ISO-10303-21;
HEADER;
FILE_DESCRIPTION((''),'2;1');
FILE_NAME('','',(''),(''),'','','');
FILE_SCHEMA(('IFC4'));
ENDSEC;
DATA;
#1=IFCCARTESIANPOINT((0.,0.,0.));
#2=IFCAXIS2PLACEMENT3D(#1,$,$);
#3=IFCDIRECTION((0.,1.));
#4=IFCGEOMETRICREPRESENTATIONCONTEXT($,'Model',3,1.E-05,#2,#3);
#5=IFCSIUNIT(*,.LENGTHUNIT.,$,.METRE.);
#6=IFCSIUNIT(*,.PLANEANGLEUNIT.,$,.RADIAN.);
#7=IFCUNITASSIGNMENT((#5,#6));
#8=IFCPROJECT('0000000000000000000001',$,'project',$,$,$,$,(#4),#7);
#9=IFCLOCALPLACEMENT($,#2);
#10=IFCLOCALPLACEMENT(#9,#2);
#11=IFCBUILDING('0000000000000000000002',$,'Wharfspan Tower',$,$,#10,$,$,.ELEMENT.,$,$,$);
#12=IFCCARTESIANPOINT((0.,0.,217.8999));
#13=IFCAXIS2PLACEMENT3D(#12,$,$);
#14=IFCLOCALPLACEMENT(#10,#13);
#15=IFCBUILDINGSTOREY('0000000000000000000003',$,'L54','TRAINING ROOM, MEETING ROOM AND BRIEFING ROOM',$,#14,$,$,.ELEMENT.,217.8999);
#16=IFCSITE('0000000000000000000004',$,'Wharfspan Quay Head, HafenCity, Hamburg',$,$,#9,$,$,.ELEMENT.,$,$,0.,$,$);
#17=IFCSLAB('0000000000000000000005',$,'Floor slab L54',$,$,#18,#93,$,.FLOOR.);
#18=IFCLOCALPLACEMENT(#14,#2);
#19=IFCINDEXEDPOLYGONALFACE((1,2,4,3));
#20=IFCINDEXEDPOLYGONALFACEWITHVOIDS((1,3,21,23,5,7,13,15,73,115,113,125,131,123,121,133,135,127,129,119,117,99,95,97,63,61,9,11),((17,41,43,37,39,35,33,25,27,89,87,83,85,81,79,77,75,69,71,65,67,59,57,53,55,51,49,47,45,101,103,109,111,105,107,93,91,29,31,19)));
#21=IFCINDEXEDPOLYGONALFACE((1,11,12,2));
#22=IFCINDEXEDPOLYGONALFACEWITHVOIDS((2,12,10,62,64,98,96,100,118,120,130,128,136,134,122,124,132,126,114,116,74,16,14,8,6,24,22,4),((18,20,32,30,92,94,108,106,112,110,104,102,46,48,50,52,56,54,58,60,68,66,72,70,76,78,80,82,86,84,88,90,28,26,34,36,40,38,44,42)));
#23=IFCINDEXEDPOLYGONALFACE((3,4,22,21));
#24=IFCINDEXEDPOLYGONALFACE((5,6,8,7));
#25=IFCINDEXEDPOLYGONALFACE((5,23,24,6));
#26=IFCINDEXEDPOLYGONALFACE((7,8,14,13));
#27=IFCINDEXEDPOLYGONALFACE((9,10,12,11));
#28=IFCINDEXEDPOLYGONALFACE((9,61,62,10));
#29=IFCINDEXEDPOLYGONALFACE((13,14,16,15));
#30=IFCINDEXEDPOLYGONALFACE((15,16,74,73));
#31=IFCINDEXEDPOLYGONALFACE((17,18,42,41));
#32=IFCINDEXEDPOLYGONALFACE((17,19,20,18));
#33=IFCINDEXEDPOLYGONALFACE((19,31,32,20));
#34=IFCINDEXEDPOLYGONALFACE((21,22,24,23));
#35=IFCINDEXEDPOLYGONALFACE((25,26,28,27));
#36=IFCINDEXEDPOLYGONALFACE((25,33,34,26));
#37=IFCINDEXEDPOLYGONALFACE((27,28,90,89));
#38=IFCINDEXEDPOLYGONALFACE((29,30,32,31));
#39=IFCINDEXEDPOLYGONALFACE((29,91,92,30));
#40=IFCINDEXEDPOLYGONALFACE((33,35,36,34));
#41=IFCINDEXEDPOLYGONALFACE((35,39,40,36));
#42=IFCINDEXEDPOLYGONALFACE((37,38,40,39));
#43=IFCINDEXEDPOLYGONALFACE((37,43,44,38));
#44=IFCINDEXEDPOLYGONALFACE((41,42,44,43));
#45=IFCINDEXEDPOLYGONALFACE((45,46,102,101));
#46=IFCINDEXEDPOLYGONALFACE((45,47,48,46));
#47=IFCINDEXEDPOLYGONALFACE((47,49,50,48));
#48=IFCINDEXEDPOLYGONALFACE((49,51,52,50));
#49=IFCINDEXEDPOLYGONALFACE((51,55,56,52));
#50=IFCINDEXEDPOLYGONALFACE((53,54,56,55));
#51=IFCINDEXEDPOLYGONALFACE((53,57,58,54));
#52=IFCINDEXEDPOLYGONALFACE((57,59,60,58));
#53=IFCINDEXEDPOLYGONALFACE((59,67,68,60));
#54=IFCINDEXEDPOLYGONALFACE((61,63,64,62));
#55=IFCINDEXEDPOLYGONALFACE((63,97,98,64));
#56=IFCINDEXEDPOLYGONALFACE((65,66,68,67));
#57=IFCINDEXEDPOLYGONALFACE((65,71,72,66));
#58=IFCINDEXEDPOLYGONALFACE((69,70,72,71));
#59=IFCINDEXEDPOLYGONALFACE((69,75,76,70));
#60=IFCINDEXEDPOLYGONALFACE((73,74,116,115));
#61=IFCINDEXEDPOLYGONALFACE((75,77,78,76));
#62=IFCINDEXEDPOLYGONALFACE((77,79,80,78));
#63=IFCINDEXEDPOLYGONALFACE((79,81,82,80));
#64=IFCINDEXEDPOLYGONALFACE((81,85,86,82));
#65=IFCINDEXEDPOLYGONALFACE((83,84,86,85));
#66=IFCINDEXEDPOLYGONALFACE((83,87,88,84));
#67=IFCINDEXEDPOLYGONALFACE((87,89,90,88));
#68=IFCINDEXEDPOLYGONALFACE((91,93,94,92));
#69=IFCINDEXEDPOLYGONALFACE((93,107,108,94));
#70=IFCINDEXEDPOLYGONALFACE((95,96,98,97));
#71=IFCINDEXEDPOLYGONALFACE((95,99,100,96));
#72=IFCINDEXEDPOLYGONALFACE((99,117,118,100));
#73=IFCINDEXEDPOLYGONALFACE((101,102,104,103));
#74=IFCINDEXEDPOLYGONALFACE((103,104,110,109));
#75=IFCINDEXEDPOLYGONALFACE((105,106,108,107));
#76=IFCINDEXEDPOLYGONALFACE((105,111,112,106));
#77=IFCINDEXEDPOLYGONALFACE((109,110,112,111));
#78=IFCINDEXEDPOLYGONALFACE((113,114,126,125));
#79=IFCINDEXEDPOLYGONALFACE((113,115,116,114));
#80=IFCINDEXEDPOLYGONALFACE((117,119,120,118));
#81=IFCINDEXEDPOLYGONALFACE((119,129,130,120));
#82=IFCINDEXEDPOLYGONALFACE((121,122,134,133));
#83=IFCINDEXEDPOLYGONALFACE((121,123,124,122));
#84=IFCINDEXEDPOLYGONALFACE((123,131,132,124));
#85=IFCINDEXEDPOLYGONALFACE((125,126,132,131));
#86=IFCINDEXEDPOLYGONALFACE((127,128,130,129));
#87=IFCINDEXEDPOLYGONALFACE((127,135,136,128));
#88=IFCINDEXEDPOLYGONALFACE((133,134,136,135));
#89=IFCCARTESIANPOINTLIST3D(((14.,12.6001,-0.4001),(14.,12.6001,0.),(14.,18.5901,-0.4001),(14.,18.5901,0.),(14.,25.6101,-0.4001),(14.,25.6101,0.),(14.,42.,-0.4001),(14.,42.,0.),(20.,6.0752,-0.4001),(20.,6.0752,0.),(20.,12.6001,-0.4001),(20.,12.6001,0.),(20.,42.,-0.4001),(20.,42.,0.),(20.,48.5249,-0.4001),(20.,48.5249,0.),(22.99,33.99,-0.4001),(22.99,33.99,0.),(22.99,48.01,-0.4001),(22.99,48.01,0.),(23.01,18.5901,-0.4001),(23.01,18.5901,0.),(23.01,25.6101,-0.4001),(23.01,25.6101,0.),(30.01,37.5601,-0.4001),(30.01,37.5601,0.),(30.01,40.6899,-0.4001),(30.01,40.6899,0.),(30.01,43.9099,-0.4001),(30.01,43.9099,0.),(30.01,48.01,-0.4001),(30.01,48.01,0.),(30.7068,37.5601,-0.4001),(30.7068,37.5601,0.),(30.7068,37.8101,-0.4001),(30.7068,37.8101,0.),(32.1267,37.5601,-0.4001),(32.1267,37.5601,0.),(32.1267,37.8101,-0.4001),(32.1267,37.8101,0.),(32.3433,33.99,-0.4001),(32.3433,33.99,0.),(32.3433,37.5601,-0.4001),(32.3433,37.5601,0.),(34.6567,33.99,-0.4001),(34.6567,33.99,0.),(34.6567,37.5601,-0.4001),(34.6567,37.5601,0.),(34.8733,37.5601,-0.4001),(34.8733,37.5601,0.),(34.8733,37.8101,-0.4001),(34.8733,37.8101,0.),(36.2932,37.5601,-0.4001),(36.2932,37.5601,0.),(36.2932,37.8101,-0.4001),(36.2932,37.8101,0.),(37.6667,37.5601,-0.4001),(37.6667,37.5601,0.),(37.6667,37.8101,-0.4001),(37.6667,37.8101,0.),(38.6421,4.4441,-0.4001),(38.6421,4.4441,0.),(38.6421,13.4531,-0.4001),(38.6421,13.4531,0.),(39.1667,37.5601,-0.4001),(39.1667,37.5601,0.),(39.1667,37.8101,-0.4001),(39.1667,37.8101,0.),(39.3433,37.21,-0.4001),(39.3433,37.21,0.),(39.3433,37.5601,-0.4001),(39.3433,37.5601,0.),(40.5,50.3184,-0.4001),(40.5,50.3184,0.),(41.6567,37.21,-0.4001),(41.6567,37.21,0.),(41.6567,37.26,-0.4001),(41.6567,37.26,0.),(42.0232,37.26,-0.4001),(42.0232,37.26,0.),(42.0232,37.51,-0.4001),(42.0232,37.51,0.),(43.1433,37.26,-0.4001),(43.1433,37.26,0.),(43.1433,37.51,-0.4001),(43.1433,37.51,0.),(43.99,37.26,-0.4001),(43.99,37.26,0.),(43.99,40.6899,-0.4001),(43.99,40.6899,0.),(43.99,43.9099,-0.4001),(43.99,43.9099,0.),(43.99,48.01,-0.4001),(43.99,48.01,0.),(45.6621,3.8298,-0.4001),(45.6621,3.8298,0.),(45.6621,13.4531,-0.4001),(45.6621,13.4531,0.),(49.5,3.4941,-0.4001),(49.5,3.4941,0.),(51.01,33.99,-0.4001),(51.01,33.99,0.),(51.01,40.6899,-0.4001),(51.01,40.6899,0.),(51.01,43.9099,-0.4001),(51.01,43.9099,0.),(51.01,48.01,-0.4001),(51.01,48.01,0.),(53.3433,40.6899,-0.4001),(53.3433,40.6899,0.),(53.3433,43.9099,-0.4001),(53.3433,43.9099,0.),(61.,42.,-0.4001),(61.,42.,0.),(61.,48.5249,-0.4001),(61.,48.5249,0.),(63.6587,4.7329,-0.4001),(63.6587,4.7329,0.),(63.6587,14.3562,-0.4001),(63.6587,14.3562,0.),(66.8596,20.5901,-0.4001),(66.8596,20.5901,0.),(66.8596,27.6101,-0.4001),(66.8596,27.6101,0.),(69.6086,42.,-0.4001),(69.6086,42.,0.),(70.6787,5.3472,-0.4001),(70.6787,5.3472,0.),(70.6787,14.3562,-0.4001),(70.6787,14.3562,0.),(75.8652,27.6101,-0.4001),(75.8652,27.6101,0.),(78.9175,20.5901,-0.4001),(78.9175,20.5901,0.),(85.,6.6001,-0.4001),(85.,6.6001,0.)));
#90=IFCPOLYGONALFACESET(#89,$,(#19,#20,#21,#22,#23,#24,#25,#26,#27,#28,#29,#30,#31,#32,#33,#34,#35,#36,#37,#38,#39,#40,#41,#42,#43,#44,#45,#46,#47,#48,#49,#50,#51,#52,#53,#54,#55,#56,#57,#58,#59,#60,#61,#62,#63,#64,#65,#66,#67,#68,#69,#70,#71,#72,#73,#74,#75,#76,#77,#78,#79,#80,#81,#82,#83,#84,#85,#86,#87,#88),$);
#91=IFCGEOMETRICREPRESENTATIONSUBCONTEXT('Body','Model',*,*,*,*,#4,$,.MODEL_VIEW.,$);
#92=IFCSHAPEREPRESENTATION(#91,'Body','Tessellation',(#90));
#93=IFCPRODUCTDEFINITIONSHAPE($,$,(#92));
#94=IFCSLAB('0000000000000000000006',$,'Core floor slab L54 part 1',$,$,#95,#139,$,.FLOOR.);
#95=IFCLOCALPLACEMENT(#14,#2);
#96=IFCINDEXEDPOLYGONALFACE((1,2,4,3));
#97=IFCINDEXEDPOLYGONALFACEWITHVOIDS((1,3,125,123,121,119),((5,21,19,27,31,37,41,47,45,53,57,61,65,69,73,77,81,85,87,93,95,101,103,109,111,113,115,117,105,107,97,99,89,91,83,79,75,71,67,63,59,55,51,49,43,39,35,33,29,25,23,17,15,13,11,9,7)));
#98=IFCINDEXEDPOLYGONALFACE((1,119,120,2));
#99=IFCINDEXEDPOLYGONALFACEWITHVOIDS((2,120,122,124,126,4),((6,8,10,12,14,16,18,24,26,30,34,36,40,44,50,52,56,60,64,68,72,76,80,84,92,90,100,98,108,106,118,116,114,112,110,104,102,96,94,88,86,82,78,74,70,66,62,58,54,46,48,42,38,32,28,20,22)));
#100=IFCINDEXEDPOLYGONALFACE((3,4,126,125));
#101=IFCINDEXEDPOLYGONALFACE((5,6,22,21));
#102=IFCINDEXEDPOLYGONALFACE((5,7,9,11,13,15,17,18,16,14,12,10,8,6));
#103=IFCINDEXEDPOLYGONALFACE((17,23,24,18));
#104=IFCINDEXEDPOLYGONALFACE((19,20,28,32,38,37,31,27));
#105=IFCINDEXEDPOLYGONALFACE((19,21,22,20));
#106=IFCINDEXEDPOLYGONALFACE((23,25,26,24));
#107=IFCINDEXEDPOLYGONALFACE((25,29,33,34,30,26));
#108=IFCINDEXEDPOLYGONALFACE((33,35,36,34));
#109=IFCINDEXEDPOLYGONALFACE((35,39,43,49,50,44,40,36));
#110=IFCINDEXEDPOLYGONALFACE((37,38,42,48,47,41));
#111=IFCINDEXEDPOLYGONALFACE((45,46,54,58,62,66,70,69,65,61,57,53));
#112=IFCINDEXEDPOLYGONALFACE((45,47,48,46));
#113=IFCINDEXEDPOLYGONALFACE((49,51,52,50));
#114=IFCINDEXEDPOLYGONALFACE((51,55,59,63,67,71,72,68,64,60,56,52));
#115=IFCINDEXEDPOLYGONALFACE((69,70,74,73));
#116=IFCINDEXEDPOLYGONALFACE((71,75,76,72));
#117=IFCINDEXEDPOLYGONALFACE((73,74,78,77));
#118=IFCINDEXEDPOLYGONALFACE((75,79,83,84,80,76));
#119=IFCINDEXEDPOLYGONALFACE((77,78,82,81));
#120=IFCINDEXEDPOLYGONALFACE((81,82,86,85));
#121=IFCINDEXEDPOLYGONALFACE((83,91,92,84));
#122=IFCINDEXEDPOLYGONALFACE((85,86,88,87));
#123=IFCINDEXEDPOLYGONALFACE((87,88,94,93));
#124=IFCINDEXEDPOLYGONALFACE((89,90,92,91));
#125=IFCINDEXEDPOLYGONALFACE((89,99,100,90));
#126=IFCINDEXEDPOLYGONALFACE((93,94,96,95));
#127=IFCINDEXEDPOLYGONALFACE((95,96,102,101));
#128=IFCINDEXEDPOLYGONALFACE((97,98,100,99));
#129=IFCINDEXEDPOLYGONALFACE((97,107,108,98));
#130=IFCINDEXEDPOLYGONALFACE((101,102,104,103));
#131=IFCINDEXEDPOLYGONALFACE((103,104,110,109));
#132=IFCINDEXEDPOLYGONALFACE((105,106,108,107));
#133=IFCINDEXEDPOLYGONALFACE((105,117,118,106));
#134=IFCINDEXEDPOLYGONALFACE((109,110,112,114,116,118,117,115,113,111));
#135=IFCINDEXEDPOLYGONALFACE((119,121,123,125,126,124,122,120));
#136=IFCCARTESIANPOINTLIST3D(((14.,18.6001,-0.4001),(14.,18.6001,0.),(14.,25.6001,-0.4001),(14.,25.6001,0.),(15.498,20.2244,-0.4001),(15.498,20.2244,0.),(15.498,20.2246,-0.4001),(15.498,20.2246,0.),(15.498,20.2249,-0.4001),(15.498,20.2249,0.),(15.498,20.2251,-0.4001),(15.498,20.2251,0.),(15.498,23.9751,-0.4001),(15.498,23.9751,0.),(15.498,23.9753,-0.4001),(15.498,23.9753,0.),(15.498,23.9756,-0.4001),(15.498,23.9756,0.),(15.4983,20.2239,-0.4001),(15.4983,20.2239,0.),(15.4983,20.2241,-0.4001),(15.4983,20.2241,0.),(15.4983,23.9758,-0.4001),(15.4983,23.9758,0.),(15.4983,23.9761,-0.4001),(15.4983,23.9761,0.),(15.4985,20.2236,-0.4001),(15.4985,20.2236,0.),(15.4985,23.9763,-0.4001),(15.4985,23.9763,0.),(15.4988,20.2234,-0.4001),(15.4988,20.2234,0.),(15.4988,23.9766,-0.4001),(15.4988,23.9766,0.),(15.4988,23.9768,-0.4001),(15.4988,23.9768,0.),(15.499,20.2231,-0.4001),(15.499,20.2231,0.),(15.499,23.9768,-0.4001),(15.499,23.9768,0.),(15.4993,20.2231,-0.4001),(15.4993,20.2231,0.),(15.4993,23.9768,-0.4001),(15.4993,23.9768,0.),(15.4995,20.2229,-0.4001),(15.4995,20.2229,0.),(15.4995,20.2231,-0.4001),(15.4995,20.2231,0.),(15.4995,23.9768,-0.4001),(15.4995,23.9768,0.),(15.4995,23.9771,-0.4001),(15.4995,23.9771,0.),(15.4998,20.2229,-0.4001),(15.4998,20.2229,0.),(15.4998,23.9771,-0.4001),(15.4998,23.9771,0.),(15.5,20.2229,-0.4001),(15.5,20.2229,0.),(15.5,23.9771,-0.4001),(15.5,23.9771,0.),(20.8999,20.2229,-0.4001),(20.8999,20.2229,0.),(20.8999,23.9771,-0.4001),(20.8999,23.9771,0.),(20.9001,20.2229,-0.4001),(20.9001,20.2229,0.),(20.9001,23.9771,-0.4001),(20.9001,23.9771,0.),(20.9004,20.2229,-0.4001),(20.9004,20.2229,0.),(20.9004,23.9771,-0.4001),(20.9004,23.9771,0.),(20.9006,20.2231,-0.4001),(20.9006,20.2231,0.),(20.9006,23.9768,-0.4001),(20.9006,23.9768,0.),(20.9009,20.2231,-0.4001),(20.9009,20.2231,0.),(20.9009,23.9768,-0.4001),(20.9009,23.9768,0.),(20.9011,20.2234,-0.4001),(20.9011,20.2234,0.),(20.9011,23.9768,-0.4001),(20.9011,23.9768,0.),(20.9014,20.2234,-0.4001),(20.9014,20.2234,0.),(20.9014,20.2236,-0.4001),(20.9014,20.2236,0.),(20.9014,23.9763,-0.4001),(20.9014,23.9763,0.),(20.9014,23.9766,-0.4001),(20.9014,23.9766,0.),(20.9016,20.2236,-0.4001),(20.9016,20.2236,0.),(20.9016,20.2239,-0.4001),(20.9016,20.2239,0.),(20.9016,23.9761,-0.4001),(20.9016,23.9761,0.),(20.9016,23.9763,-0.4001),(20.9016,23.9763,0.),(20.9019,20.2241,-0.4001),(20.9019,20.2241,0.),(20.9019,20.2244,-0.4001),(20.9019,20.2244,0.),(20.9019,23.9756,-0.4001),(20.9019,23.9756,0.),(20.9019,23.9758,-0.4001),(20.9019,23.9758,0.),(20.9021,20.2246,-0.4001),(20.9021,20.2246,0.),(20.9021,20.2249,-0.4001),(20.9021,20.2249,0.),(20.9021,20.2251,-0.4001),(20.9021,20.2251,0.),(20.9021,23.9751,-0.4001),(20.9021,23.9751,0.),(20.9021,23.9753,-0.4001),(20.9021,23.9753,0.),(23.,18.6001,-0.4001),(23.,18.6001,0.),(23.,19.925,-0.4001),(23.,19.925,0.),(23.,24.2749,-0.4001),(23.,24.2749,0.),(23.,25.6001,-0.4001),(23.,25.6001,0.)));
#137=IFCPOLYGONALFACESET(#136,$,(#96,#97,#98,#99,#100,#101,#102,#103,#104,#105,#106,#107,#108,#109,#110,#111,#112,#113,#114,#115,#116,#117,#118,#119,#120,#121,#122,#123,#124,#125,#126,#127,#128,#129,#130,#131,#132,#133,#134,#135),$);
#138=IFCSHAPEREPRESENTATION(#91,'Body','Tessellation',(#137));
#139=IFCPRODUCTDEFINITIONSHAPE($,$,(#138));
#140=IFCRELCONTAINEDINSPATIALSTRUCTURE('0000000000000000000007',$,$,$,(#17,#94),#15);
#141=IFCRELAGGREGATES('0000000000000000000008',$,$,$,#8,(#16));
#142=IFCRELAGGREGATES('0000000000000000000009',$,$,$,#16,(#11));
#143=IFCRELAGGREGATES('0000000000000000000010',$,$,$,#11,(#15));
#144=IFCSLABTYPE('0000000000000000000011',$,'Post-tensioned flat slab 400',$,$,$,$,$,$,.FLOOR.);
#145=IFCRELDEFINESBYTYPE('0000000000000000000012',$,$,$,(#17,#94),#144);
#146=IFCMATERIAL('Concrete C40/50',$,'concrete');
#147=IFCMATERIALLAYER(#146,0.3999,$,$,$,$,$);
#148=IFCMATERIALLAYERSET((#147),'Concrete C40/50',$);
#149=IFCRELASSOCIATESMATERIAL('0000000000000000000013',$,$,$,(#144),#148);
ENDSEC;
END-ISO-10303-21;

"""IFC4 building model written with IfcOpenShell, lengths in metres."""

from ifc_helpers import new_model, si_unit, direction, frame, origin, place, context, subcontext, project, spatial, polyline, outline, extrude, material, layer, layer_set, type_object, element, save


model = new_model("IFC4")

# Units and contexts
model_context = context("Model", 3, precision=1e-05, world=origin(), true_north=direction((0.0, 1.0)))
body_context = subcontext(model_context, "Body", "Model", "MODEL_VIEW")
ifc_project = project(units=[si_unit("LENGTHUNIT", "METRE"), si_unit("PLANEANGLEUNIT", "RADIAN")], contexts=[model_context])

# Site, building, storey
site_placement = place(None, origin())
site = spatial("IfcSite", under=ifc_project, at=site_placement, Name="Wharfspan Quay Head, HafenCity, Hamburg", CompositionType="ELEMENT", RefElevation=0.0)
building_placement = place(site_placement, origin())
building = spatial("IfcBuilding", under=site, at=building_placement, Name="Wharfspan Tower", CompositionType="ELEMENT")
storey_placement = place(building_placement, frame((0.0, 0.0, 217.8999)))
storey = spatial("IfcBuildingStorey", under=building, at=storey_placement, Name="L54", Description="TRAINING ROOM, MEETING ROOM AND BRIEFING ROOM", CompositionType="ELEMENT", Elevation=217.8999)

# Slabs
ifc_material_1 = material(Name="Concrete C40/50", Category="concrete")
ifc_layer_1 = layer(ifc_material_1, 0.3999)
ifc_layer_set_1 = layer_set([ifc_layer_1], Name="Concrete C40/50")
slab_type_1 = type_object("IfcSlabType", Name="Post-tensioned flat slab 400", PredefinedType="FLOOR", material=ifc_layer_set_1)
slab_1_placement = place(storey_placement, frame((0.0, 0.0, -0.4001)))
element("IfcSlab", 1, at=slab_1_placement, inside=storey, type_object=slab_type_1, Name="Floor slab L54", PredefinedType="FLOOR", context=body_context, shape_type="SweptSolid", body=[
    extrude(outline(polyline([(38.6421, 4.4441), (38.6421, 13.4531), (45.6621, 13.4531), (45.6621, 3.8298), (49.5, 3.4941), (63.6587, 4.7329), (63.6587, 14.3562), (70.6787, 14.3562), (70.6787, 5.3472), (85.0, 6.6001), (78.9175, 20.5901), (66.8596, 20.5901), (66.8596, 27.6101), (75.8652, 27.6101), (69.6086, 42.0), (61.0, 42.0), (61.0, 48.5249), (40.5, 50.3184), (20.0, 48.5249), (20.0, 42.0), (14.0, 42.0), (14.0, 25.6101), (23.01, 25.6101), (23.01, 18.5901), (14.0, 18.5901), (14.0, 12.6001), (20.0, 12.6001), (20.0, 6.0752), (38.6421, 4.4441)]), holes=[polyline([(32.1267, 37.5601), (32.3433, 37.5601), (32.3433, 33.99), (22.99, 33.99), (22.99, 48.01), (30.01, 48.01), (30.01, 43.9099), (43.99, 43.9099), (43.99, 48.01), (51.01, 48.01), (51.01, 43.9099), (53.3433, 43.9099), (53.3433, 40.6899), (51.01, 40.6899), (51.01, 33.99), (34.6567, 33.99), (34.6567, 37.5601), (34.8733, 37.5601), (34.8733, 37.8101), (36.2932, 37.8101), (36.2932, 37.5601), (37.6667, 37.5601), (37.6667, 37.8101), (39.1667, 37.8101), (39.1667, 37.5601), (39.3433, 37.5601), (39.3433, 37.21), (41.6567, 37.21), (41.6567, 37.26), (42.0232, 37.26), (42.0232, 37.51), (43.1433, 37.51), (43.1433, 37.26), (43.99, 37.26), (43.99, 40.6899), (30.01, 40.6899), (30.01, 37.5601), (30.7068, 37.5601), (30.7068, 37.8101), (32.1267, 37.8101), (32.1267, 37.5601)])]), origin(), (0.0, 0.0, 1.0), 0.4001),
])
slab_2_placement = place(storey_placement, frame((0.0, 0.0, -0.4001)))
element("IfcSlab", 2, at=slab_2_placement, inside=storey, type_object=slab_type_1, Name="Core floor slab L54 part 1", PredefinedType="FLOOR", context=body_context, shape_type="SweptSolid", body=[
    extrude(outline(polyline([(23.0, 19.925), (23.0, 24.2749), (23.0, 25.6001), (14.0, 25.6001), (14.0, 18.6001), (23.0, 18.6001), (23.0, 19.925)]), holes=[polyline([(20.8999, 23.9771), (20.9001, 23.9771), (20.9004, 23.9771), (20.9006, 23.9768), (20.9009, 23.9768), (20.9009, 23.9768), (20.9011, 23.9768), (20.9014, 23.9766), (20.9014, 23.9763), (20.9016, 23.9763), (20.9016, 23.9761), (20.9019, 23.9758), (20.9019, 23.9758), (20.9019, 23.9756), (20.9021, 23.9753), (20.9021, 23.9751), (20.9021, 23.9751), (20.9021, 20.2251), (20.9021, 20.2249), (20.9021, 20.2246), (20.9019, 20.2244), (20.9019, 20.2241), (20.9019, 20.2241), (20.9016, 20.2239), (20.9016, 20.2236), (20.9014, 20.2236), (20.9014, 20.2234), (20.9011, 20.2234), (20.9009, 20.2231), (20.9009, 20.2231), (20.9006, 20.2231), (20.9004, 20.2229), (20.9001, 20.2229), (20.8999, 20.2229), (15.5, 20.2229), (15.4998, 20.2229), (15.4995, 20.2229), (15.4995, 20.2231), (15.4993, 20.2231), (15.499, 20.2231), (15.4988, 20.2234), (15.4988, 20.2234), (15.4985, 20.2236), (15.4985, 20.2236), (15.4983, 20.2239), (15.4983, 20.2241), (15.4983, 20.2241), (15.498, 20.2244), (15.498, 20.2246), (15.498, 20.2249), (15.498, 20.2251), (15.498, 23.9751), (15.498, 23.9751), (15.498, 23.9753), (15.498, 23.9756), (15.4983, 23.9758), (15.4983, 23.9758), (15.4983, 23.9761), (15.4985, 23.9763), (15.4985, 23.9763), (15.4988, 23.9766), (15.4988, 23.9768), (15.499, 23.9768), (15.4993, 23.9768), (15.4995, 23.9768), (15.4995, 23.9771), (15.4998, 23.9771), (15.5, 23.9771), (20.8999, 23.9771)])]), origin(), (0.0, 0.0, 1.0), 0.4001),
])

save(model, "model.ifc")
